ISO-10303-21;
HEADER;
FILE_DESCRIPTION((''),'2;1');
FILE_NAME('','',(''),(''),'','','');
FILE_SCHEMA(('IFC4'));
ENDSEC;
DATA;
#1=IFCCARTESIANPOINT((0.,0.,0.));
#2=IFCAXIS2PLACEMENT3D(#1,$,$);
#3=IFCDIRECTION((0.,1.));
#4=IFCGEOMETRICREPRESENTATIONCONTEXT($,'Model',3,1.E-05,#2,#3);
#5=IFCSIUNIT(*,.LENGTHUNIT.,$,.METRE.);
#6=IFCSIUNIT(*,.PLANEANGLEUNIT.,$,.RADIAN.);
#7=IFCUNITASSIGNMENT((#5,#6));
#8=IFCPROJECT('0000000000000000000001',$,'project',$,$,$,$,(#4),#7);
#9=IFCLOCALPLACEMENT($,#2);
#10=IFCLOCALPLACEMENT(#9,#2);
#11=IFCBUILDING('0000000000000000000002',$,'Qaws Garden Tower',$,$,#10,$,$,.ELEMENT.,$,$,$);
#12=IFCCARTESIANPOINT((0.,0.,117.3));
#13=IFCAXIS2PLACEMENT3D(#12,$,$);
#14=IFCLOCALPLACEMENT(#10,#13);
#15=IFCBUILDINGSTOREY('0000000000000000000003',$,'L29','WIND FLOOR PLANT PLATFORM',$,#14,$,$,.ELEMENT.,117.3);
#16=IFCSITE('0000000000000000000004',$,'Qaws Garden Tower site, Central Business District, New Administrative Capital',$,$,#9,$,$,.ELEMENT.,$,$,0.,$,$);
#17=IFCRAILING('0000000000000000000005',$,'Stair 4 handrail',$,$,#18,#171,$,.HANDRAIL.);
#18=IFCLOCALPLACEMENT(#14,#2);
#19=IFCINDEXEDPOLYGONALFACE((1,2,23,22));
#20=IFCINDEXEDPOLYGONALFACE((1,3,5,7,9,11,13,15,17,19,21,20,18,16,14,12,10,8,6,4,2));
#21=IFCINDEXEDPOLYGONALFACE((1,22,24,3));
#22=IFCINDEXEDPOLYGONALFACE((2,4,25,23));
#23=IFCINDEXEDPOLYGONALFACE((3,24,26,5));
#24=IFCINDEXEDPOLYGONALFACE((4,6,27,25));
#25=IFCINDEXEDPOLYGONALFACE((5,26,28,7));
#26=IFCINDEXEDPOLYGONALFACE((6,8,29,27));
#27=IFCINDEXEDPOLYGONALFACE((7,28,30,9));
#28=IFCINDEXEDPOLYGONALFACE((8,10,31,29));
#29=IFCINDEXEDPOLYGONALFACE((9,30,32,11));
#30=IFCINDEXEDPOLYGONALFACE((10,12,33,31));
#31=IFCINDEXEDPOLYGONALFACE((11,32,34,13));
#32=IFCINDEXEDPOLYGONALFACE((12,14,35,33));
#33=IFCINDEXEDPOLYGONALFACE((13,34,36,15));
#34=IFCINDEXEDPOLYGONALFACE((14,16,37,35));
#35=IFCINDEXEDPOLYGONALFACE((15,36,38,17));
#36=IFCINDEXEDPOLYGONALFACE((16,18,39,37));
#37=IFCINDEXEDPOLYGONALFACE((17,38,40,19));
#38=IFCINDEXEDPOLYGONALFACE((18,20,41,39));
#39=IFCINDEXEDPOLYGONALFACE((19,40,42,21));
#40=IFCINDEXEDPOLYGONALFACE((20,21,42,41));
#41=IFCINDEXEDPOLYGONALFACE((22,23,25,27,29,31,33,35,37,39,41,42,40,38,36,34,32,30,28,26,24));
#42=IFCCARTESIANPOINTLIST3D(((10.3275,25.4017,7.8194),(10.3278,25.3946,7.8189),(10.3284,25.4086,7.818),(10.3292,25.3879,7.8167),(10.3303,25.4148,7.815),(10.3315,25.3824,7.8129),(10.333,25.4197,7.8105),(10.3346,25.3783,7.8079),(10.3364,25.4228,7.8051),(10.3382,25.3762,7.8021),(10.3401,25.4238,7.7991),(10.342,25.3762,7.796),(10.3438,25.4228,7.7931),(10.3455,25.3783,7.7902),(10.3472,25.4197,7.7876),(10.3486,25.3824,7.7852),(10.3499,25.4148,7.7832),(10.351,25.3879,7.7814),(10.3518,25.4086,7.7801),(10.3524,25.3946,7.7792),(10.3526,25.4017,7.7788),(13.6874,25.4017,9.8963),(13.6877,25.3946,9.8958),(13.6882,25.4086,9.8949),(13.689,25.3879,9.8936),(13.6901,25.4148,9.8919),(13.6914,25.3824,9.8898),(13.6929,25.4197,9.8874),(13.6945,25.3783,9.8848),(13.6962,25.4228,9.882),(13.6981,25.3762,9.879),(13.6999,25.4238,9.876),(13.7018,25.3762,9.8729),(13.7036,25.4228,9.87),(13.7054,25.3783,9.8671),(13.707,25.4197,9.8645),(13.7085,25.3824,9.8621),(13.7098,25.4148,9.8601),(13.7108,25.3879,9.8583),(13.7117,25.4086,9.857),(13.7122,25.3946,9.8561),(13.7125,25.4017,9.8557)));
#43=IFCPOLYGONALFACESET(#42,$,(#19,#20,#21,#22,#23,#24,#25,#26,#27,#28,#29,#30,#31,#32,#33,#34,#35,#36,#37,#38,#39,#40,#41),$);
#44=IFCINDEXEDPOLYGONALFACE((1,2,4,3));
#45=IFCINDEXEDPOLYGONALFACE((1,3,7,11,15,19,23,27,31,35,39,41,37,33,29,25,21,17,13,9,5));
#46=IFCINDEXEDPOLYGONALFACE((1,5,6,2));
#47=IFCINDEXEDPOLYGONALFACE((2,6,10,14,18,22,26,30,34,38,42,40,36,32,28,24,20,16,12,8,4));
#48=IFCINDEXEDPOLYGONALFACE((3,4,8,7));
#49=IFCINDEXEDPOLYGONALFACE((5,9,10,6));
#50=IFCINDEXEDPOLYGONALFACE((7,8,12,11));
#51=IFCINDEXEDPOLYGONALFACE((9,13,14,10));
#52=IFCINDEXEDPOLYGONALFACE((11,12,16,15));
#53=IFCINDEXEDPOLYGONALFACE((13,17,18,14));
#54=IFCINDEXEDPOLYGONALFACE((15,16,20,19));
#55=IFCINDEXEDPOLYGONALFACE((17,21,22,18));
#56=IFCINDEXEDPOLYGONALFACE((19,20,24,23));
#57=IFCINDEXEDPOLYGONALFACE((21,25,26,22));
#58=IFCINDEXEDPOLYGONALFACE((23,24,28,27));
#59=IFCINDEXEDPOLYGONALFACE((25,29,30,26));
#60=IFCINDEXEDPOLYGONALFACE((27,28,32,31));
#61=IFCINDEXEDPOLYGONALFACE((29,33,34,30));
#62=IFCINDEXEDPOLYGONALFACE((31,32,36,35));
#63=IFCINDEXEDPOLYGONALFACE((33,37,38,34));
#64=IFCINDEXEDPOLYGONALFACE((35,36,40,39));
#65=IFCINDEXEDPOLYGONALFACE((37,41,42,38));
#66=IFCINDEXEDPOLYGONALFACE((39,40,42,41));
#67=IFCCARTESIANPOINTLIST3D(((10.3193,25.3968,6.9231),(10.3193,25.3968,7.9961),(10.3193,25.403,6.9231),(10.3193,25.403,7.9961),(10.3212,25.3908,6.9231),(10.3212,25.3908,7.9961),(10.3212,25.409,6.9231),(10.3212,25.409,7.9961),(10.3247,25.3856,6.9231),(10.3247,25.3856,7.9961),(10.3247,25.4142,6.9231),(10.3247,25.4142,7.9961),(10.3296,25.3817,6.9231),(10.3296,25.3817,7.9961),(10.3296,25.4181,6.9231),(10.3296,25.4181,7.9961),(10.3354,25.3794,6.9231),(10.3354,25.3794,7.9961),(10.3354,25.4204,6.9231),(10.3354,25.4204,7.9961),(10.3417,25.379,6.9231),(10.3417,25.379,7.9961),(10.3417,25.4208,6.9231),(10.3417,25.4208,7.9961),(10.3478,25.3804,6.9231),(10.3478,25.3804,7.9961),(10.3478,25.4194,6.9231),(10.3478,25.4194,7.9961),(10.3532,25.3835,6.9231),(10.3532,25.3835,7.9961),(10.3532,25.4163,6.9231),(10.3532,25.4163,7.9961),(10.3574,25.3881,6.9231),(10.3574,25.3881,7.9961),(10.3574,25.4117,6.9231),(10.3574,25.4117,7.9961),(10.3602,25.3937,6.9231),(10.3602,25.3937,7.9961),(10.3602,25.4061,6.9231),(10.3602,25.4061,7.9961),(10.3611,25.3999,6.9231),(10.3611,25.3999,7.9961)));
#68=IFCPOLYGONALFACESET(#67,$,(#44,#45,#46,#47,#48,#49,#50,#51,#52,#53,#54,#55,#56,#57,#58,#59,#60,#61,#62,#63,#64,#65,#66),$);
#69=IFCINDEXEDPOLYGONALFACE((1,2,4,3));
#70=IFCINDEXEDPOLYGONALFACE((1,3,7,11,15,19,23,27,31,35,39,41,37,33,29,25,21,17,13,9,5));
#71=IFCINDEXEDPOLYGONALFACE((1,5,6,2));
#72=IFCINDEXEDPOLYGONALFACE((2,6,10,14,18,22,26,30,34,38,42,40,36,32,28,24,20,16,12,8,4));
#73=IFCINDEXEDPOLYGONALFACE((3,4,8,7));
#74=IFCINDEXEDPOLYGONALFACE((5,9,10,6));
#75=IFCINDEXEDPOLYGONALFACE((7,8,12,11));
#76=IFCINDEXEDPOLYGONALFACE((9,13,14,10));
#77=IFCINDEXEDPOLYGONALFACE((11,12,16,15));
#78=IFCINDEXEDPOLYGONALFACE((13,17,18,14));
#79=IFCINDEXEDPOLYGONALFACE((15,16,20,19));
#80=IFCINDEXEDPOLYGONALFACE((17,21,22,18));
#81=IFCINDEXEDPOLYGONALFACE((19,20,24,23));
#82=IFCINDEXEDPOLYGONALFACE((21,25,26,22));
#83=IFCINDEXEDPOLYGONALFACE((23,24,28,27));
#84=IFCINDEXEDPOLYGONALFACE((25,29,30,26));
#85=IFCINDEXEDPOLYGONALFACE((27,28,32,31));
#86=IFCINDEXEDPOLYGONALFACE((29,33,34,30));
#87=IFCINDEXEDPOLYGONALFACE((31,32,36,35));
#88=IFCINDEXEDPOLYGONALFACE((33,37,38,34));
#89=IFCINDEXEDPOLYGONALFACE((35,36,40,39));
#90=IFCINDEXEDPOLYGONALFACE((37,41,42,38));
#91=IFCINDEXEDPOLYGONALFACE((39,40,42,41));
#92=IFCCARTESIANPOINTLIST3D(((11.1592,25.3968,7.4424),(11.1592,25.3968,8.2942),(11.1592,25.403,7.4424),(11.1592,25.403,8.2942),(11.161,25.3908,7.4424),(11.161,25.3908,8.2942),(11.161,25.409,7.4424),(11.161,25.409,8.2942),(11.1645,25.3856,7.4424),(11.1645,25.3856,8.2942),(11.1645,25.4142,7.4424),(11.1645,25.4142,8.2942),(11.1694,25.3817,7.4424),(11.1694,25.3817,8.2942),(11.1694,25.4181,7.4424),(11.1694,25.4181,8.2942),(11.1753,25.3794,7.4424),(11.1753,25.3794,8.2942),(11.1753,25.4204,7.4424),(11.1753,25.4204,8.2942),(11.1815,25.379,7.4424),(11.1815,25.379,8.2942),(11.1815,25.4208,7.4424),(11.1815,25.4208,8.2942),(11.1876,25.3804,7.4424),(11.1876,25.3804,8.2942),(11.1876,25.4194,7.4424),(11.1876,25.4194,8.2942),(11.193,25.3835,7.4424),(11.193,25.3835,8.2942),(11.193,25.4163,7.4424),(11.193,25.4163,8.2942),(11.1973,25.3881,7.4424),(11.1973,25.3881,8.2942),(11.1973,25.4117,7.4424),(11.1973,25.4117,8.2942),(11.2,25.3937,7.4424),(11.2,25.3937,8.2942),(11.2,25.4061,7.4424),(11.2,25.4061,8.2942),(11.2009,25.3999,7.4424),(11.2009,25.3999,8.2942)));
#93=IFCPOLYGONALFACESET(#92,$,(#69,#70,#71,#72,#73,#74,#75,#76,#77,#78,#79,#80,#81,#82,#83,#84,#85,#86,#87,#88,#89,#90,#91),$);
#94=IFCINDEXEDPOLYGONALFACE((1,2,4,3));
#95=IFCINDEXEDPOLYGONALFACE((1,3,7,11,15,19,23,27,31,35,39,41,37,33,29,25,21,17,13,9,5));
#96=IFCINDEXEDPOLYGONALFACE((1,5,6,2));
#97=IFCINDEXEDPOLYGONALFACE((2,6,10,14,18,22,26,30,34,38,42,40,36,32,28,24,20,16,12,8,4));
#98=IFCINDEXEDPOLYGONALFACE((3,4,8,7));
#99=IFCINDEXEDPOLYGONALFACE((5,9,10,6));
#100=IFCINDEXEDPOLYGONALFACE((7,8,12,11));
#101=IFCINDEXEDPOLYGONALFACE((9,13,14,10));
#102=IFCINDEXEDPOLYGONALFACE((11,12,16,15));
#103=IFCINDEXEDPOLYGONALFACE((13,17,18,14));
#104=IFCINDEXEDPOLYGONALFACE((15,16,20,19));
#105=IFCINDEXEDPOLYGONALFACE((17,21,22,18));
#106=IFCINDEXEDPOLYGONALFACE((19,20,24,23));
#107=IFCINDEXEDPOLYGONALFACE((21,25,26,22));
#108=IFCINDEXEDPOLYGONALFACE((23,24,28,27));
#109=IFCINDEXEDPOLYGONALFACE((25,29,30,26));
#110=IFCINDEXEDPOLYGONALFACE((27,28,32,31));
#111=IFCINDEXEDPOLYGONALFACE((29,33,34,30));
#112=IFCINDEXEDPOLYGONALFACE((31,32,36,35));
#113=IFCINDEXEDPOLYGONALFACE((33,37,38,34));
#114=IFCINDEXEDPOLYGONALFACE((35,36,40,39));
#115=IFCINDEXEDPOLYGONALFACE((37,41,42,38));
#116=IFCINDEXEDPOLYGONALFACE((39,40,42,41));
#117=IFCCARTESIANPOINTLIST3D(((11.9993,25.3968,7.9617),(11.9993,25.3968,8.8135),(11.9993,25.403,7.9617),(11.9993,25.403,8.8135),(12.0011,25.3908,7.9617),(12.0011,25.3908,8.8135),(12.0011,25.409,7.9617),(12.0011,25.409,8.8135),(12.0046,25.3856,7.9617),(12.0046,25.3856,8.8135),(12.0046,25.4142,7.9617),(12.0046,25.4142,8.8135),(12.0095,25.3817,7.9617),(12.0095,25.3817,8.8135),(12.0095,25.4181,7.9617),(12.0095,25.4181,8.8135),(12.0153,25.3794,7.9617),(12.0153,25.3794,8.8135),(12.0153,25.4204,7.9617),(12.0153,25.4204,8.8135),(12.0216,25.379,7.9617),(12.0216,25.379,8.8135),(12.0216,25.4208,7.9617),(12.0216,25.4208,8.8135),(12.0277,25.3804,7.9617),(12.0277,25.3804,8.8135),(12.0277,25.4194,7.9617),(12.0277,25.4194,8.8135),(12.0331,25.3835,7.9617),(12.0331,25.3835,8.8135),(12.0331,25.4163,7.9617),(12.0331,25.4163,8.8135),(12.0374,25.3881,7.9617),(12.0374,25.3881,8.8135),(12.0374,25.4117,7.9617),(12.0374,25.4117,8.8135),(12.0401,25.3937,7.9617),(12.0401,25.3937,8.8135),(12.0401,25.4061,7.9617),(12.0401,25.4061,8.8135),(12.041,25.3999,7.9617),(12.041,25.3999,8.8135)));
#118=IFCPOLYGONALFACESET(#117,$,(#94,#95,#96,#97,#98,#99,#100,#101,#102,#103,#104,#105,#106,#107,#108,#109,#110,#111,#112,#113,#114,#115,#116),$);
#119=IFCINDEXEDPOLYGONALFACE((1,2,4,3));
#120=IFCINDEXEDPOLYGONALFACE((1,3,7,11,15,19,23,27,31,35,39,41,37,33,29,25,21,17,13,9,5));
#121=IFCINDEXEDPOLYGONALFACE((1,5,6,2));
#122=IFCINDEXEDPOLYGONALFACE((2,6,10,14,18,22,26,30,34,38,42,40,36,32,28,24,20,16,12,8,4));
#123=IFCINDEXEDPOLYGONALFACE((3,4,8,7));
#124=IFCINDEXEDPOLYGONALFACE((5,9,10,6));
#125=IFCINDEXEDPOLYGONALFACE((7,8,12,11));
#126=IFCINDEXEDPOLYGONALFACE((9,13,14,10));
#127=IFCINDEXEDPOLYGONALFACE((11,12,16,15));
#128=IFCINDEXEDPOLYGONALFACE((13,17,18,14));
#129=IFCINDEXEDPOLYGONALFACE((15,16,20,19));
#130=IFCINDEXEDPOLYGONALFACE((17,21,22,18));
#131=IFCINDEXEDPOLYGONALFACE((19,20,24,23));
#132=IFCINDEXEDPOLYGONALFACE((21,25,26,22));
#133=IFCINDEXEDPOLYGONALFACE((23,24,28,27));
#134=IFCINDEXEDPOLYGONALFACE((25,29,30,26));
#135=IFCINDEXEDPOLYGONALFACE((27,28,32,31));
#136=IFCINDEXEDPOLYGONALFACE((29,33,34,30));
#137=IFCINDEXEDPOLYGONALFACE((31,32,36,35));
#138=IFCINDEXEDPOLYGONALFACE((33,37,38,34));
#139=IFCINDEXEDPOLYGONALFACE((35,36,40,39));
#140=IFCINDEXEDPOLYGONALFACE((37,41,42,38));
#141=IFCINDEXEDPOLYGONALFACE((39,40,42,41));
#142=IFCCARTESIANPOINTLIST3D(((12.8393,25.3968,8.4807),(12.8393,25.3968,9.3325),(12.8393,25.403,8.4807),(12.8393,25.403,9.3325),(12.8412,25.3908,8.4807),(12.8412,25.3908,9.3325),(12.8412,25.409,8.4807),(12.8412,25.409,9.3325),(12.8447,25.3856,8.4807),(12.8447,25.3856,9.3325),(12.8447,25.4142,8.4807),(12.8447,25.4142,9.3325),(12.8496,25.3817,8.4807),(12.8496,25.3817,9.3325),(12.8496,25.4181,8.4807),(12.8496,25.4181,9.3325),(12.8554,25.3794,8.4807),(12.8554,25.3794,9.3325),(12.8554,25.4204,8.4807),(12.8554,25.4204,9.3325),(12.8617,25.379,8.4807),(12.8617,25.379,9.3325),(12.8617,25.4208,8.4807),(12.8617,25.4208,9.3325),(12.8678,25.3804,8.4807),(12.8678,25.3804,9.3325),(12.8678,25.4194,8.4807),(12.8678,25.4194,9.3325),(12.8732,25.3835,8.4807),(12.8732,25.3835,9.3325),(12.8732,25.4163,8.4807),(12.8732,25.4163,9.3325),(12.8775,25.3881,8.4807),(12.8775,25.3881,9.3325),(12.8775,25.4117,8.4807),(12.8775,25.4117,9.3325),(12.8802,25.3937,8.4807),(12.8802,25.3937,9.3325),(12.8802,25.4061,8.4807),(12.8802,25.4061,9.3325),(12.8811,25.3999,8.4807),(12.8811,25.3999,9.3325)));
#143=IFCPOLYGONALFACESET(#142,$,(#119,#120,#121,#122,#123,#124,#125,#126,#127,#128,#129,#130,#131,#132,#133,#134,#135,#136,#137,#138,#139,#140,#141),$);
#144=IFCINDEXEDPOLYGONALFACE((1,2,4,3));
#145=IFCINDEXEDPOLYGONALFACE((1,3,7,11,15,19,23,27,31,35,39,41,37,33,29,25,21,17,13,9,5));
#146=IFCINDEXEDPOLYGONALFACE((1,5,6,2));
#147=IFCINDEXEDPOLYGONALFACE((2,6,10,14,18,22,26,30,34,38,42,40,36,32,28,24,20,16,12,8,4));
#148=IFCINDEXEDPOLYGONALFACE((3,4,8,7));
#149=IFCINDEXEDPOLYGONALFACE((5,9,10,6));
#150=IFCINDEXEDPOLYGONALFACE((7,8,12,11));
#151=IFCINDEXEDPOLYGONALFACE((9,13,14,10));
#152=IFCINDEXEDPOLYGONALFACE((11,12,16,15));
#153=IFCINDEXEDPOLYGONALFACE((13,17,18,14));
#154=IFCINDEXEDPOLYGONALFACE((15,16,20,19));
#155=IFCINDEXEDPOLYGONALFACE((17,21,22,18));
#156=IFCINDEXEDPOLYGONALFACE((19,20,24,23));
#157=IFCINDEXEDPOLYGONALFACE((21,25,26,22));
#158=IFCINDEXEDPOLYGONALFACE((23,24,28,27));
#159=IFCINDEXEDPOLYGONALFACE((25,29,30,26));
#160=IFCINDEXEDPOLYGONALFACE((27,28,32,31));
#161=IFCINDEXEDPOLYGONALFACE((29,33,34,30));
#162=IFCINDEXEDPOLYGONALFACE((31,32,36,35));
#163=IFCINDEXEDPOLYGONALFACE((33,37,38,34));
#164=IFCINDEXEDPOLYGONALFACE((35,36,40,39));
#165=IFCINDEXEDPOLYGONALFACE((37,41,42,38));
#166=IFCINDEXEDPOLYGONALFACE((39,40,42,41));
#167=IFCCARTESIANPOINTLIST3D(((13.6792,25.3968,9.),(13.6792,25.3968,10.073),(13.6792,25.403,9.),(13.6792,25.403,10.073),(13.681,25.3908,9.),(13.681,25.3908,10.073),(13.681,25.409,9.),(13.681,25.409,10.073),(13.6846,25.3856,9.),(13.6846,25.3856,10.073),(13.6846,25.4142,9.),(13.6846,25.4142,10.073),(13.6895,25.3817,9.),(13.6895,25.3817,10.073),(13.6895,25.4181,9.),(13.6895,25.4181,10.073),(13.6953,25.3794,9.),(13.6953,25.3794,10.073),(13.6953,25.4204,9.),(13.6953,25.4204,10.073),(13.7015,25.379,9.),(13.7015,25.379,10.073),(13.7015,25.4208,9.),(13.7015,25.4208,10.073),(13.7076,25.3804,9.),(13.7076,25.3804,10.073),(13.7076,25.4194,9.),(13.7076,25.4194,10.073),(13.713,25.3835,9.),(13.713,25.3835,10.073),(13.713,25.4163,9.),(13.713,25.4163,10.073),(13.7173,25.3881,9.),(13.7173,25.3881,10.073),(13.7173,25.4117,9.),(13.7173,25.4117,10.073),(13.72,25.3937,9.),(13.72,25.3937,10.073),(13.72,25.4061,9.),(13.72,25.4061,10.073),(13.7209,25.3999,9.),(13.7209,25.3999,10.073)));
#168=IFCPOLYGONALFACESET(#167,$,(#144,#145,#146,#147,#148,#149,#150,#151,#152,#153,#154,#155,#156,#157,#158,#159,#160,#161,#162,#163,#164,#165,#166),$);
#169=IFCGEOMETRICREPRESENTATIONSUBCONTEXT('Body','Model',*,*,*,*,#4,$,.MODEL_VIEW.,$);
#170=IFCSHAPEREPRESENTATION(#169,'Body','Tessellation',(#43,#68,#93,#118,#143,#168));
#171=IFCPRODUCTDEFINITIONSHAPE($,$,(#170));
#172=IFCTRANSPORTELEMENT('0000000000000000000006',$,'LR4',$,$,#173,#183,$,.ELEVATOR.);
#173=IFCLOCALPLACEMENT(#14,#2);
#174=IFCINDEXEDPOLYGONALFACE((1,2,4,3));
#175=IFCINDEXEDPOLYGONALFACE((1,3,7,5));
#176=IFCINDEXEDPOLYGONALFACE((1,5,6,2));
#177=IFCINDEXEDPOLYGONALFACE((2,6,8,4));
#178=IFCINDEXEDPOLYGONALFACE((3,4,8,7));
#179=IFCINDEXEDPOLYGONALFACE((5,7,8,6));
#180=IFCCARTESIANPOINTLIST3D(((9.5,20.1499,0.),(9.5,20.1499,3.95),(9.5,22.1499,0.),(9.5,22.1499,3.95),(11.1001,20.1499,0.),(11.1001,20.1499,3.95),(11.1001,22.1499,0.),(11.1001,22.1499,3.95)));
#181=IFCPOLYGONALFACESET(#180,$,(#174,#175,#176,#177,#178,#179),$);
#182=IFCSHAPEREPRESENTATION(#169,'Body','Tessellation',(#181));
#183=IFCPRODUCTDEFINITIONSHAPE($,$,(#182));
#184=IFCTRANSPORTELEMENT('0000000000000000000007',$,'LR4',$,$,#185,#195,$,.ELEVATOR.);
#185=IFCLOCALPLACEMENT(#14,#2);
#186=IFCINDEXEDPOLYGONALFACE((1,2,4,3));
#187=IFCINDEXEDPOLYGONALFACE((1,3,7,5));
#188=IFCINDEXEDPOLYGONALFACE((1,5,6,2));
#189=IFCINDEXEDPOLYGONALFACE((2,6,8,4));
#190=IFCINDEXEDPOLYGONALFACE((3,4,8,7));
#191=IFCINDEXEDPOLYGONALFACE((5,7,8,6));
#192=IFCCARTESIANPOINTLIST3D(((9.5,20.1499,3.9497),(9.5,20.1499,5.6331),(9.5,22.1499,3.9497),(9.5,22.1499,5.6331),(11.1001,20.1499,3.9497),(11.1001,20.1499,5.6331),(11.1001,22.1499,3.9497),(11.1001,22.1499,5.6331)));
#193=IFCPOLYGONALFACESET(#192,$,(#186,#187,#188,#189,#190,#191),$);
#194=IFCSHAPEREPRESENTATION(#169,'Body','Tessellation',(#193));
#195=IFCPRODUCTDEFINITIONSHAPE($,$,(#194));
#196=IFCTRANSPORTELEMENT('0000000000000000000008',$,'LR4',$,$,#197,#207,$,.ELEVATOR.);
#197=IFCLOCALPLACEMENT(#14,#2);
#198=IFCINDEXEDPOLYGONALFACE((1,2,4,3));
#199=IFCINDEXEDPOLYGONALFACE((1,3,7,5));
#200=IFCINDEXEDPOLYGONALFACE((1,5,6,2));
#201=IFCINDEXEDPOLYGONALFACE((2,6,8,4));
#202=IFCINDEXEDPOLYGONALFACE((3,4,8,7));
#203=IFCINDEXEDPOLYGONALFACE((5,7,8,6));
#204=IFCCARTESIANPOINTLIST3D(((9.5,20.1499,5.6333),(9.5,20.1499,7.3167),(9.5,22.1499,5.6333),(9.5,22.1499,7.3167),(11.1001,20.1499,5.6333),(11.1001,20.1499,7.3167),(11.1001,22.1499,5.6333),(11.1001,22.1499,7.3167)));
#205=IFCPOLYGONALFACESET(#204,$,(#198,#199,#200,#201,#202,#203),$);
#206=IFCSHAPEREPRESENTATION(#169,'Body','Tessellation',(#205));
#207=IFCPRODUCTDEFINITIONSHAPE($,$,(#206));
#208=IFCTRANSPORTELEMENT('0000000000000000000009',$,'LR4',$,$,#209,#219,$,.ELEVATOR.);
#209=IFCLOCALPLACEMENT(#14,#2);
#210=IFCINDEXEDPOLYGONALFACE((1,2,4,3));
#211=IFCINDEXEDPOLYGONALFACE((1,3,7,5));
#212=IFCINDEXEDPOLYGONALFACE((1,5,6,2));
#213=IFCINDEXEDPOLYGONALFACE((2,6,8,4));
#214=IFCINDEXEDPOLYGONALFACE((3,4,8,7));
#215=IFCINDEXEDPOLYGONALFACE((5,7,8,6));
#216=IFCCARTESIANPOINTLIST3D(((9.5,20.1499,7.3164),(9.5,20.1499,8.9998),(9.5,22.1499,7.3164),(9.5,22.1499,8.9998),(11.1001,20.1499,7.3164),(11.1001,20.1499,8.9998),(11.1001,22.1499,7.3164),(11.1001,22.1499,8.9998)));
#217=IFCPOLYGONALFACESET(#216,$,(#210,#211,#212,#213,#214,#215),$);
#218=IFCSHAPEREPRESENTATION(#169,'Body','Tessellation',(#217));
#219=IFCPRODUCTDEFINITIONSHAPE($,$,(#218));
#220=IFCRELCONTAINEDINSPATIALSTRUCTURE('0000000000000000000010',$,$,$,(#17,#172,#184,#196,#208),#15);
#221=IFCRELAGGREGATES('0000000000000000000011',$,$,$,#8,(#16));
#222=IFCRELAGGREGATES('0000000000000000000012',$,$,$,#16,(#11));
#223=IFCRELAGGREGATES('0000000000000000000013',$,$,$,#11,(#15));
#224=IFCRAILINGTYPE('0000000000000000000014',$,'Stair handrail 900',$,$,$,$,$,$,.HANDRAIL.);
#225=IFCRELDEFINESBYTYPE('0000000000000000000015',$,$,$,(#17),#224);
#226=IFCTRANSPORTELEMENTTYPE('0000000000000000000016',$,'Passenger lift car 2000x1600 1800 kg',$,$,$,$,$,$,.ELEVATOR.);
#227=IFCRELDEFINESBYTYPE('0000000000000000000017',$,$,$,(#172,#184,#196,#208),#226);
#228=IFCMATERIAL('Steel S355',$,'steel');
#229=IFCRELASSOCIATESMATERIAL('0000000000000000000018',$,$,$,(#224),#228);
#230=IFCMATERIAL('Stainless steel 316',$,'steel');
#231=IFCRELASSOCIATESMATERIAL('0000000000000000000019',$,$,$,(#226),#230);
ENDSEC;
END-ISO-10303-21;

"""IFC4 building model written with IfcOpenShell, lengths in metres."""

from ifc_helpers import new_model, si_unit, direction, frame, origin, origin_2d, place, context, subcontext, project, spatial, rectangle, circle, extrude, material, type_object, element, save


model = new_model("IFC4")

# Units and contexts
model_context = context("Model", 3, precision=1e-05, world=origin(), true_north=direction((0.0, 1.0)))
body_context = subcontext(model_context, "Body", "Model", "MODEL_VIEW")
ifc_project = project(units=[si_unit("LENGTHUNIT", "METRE"), si_unit("PLANEANGLEUNIT", "RADIAN")], contexts=[model_context])

# Site, building, storey
site_placement = place(None, origin())
site = spatial("IfcSite", under=ifc_project, at=site_placement, Name="Qaws Garden Tower site, Central Business District, New Administrative Capital", CompositionType="ELEMENT", RefElevation=0.0)
building_placement = place(site_placement, origin())
building = spatial("IfcBuilding", under=site, at=building_placement, Name="Qaws Garden Tower", CompositionType="ELEMENT")
storey_placement = place(building_placement, frame((0.0, 0.0, 117.3)))
storey = spatial("IfcBuildingStorey", under=building, at=storey_placement, Name="L29", Description="WIND FLOOR PLANT PLATFORM", CompositionType="ELEMENT", Elevation=117.3)

# Railing
ifc_material_1 = material(Name="Steel S355", Category="steel")
railing_type_1 = type_object("IfcRailingType", Name="Stair handrail 900", PredefinedType="HANDRAIL", material=ifc_material_1)
railing_1_placement = place(storey_placement, frame((10.3401, 25.3999, 6.9231)))
element("IfcRailing", 1, at=railing_1_placement, inside=storey, type_object=railing_type_1, Name="Stair 4 handrail", PredefinedType="HANDRAIL", context=body_context, shape_type="SweptSolid", body=[
    extrude(circle(Radius=0.0239, at=origin_2d()), frame((0.0, 0.0, 0.876), z_axis=(0.850606, 0.0, 0.525803), x_axis=(0.0, 1.0, 0.0)), (0.0, 0.0, 1.0), 3.95),
    extrude(circle(Radius=0.021, at=origin_2d()), origin(), (0.0, 0.0, 1.0), 1.073),
    extrude(circle(Radius=0.021, at=origin_2d()), frame((0.8398, 0.0, 0.5193)), (0.0, 0.0, 1.0), 0.8518),
    extrude(circle(Radius=0.021, at=origin_2d()), frame((1.6799, 0.0, 1.0386)), (0.0, 0.0, 1.0), 0.8518),
    extrude(circle(Radius=0.021, at=origin_2d()), frame((2.52, 0.0, 1.5576)), (0.0, 0.0, 1.0), 0.8518),
    extrude(circle(Radius=0.021, at=origin_2d()), frame((3.3599, 0.0, 2.0769)), (0.0, 0.0, 1.0), 1.073),
])

# Transport elements
ifc_material_2 = material(Name="Stainless steel 316", Category="steel")
transport_element_type = type_object("IfcTransportElementType", Name="Passenger lift car 2000x1600 1800 kg", PredefinedType="ELEVATOR", material=ifc_material_2)
transport_element_placement = place(storey_placement, frame((10.3, 21.1499, 0.0), z_axis=(0.0, 0.0, 1.0), x_axis=(1.0, 0.0, 0.0)))
element("IfcTransportElement", 2, at=transport_element_placement, inside=storey, type_object=transport_element_type, Name="LR4", PredefinedType="ELEVATOR", context=body_context, shape_type="SweptSolid", body=[
    extrude(rectangle(XDim=1.6001, YDim=2.0, at=origin_2d()), origin(), (0.0, 0.0, 1.0), 3.95),
])
for number, where, z_axis, x_axis, name in (
    (3, (10.3, 21.1499, 3.9497), (0.0, 0.0, 1.0), (1.0, 0.0, 0.0), "LR4"),
    (4, (10.3, 21.1499, 5.6333), (0.0, 0.0, 1.0), (1.0, 0.0, 0.0), "LR4"),
    (5, (10.3, 21.1499, 7.3164), (0.0, 0.0, 1.0), (1.0, 0.0, 0.0), "LR4"),
):
    element("IfcTransportElement", number, at=place(storey_placement, frame(where, z_axis=z_axis, x_axis=x_axis)), inside=storey, type_object=transport_element_type, Name=name, PredefinedType="ELEVATOR", context=body_context, shape_type="SweptSolid", body=[
        extrude(rectangle(XDim=1.6001, YDim=2.0, at=origin_2d()), origin(), (0.0, 0.0, 1.0), 1.6833),
    ])

save(model, "model.ifc")
